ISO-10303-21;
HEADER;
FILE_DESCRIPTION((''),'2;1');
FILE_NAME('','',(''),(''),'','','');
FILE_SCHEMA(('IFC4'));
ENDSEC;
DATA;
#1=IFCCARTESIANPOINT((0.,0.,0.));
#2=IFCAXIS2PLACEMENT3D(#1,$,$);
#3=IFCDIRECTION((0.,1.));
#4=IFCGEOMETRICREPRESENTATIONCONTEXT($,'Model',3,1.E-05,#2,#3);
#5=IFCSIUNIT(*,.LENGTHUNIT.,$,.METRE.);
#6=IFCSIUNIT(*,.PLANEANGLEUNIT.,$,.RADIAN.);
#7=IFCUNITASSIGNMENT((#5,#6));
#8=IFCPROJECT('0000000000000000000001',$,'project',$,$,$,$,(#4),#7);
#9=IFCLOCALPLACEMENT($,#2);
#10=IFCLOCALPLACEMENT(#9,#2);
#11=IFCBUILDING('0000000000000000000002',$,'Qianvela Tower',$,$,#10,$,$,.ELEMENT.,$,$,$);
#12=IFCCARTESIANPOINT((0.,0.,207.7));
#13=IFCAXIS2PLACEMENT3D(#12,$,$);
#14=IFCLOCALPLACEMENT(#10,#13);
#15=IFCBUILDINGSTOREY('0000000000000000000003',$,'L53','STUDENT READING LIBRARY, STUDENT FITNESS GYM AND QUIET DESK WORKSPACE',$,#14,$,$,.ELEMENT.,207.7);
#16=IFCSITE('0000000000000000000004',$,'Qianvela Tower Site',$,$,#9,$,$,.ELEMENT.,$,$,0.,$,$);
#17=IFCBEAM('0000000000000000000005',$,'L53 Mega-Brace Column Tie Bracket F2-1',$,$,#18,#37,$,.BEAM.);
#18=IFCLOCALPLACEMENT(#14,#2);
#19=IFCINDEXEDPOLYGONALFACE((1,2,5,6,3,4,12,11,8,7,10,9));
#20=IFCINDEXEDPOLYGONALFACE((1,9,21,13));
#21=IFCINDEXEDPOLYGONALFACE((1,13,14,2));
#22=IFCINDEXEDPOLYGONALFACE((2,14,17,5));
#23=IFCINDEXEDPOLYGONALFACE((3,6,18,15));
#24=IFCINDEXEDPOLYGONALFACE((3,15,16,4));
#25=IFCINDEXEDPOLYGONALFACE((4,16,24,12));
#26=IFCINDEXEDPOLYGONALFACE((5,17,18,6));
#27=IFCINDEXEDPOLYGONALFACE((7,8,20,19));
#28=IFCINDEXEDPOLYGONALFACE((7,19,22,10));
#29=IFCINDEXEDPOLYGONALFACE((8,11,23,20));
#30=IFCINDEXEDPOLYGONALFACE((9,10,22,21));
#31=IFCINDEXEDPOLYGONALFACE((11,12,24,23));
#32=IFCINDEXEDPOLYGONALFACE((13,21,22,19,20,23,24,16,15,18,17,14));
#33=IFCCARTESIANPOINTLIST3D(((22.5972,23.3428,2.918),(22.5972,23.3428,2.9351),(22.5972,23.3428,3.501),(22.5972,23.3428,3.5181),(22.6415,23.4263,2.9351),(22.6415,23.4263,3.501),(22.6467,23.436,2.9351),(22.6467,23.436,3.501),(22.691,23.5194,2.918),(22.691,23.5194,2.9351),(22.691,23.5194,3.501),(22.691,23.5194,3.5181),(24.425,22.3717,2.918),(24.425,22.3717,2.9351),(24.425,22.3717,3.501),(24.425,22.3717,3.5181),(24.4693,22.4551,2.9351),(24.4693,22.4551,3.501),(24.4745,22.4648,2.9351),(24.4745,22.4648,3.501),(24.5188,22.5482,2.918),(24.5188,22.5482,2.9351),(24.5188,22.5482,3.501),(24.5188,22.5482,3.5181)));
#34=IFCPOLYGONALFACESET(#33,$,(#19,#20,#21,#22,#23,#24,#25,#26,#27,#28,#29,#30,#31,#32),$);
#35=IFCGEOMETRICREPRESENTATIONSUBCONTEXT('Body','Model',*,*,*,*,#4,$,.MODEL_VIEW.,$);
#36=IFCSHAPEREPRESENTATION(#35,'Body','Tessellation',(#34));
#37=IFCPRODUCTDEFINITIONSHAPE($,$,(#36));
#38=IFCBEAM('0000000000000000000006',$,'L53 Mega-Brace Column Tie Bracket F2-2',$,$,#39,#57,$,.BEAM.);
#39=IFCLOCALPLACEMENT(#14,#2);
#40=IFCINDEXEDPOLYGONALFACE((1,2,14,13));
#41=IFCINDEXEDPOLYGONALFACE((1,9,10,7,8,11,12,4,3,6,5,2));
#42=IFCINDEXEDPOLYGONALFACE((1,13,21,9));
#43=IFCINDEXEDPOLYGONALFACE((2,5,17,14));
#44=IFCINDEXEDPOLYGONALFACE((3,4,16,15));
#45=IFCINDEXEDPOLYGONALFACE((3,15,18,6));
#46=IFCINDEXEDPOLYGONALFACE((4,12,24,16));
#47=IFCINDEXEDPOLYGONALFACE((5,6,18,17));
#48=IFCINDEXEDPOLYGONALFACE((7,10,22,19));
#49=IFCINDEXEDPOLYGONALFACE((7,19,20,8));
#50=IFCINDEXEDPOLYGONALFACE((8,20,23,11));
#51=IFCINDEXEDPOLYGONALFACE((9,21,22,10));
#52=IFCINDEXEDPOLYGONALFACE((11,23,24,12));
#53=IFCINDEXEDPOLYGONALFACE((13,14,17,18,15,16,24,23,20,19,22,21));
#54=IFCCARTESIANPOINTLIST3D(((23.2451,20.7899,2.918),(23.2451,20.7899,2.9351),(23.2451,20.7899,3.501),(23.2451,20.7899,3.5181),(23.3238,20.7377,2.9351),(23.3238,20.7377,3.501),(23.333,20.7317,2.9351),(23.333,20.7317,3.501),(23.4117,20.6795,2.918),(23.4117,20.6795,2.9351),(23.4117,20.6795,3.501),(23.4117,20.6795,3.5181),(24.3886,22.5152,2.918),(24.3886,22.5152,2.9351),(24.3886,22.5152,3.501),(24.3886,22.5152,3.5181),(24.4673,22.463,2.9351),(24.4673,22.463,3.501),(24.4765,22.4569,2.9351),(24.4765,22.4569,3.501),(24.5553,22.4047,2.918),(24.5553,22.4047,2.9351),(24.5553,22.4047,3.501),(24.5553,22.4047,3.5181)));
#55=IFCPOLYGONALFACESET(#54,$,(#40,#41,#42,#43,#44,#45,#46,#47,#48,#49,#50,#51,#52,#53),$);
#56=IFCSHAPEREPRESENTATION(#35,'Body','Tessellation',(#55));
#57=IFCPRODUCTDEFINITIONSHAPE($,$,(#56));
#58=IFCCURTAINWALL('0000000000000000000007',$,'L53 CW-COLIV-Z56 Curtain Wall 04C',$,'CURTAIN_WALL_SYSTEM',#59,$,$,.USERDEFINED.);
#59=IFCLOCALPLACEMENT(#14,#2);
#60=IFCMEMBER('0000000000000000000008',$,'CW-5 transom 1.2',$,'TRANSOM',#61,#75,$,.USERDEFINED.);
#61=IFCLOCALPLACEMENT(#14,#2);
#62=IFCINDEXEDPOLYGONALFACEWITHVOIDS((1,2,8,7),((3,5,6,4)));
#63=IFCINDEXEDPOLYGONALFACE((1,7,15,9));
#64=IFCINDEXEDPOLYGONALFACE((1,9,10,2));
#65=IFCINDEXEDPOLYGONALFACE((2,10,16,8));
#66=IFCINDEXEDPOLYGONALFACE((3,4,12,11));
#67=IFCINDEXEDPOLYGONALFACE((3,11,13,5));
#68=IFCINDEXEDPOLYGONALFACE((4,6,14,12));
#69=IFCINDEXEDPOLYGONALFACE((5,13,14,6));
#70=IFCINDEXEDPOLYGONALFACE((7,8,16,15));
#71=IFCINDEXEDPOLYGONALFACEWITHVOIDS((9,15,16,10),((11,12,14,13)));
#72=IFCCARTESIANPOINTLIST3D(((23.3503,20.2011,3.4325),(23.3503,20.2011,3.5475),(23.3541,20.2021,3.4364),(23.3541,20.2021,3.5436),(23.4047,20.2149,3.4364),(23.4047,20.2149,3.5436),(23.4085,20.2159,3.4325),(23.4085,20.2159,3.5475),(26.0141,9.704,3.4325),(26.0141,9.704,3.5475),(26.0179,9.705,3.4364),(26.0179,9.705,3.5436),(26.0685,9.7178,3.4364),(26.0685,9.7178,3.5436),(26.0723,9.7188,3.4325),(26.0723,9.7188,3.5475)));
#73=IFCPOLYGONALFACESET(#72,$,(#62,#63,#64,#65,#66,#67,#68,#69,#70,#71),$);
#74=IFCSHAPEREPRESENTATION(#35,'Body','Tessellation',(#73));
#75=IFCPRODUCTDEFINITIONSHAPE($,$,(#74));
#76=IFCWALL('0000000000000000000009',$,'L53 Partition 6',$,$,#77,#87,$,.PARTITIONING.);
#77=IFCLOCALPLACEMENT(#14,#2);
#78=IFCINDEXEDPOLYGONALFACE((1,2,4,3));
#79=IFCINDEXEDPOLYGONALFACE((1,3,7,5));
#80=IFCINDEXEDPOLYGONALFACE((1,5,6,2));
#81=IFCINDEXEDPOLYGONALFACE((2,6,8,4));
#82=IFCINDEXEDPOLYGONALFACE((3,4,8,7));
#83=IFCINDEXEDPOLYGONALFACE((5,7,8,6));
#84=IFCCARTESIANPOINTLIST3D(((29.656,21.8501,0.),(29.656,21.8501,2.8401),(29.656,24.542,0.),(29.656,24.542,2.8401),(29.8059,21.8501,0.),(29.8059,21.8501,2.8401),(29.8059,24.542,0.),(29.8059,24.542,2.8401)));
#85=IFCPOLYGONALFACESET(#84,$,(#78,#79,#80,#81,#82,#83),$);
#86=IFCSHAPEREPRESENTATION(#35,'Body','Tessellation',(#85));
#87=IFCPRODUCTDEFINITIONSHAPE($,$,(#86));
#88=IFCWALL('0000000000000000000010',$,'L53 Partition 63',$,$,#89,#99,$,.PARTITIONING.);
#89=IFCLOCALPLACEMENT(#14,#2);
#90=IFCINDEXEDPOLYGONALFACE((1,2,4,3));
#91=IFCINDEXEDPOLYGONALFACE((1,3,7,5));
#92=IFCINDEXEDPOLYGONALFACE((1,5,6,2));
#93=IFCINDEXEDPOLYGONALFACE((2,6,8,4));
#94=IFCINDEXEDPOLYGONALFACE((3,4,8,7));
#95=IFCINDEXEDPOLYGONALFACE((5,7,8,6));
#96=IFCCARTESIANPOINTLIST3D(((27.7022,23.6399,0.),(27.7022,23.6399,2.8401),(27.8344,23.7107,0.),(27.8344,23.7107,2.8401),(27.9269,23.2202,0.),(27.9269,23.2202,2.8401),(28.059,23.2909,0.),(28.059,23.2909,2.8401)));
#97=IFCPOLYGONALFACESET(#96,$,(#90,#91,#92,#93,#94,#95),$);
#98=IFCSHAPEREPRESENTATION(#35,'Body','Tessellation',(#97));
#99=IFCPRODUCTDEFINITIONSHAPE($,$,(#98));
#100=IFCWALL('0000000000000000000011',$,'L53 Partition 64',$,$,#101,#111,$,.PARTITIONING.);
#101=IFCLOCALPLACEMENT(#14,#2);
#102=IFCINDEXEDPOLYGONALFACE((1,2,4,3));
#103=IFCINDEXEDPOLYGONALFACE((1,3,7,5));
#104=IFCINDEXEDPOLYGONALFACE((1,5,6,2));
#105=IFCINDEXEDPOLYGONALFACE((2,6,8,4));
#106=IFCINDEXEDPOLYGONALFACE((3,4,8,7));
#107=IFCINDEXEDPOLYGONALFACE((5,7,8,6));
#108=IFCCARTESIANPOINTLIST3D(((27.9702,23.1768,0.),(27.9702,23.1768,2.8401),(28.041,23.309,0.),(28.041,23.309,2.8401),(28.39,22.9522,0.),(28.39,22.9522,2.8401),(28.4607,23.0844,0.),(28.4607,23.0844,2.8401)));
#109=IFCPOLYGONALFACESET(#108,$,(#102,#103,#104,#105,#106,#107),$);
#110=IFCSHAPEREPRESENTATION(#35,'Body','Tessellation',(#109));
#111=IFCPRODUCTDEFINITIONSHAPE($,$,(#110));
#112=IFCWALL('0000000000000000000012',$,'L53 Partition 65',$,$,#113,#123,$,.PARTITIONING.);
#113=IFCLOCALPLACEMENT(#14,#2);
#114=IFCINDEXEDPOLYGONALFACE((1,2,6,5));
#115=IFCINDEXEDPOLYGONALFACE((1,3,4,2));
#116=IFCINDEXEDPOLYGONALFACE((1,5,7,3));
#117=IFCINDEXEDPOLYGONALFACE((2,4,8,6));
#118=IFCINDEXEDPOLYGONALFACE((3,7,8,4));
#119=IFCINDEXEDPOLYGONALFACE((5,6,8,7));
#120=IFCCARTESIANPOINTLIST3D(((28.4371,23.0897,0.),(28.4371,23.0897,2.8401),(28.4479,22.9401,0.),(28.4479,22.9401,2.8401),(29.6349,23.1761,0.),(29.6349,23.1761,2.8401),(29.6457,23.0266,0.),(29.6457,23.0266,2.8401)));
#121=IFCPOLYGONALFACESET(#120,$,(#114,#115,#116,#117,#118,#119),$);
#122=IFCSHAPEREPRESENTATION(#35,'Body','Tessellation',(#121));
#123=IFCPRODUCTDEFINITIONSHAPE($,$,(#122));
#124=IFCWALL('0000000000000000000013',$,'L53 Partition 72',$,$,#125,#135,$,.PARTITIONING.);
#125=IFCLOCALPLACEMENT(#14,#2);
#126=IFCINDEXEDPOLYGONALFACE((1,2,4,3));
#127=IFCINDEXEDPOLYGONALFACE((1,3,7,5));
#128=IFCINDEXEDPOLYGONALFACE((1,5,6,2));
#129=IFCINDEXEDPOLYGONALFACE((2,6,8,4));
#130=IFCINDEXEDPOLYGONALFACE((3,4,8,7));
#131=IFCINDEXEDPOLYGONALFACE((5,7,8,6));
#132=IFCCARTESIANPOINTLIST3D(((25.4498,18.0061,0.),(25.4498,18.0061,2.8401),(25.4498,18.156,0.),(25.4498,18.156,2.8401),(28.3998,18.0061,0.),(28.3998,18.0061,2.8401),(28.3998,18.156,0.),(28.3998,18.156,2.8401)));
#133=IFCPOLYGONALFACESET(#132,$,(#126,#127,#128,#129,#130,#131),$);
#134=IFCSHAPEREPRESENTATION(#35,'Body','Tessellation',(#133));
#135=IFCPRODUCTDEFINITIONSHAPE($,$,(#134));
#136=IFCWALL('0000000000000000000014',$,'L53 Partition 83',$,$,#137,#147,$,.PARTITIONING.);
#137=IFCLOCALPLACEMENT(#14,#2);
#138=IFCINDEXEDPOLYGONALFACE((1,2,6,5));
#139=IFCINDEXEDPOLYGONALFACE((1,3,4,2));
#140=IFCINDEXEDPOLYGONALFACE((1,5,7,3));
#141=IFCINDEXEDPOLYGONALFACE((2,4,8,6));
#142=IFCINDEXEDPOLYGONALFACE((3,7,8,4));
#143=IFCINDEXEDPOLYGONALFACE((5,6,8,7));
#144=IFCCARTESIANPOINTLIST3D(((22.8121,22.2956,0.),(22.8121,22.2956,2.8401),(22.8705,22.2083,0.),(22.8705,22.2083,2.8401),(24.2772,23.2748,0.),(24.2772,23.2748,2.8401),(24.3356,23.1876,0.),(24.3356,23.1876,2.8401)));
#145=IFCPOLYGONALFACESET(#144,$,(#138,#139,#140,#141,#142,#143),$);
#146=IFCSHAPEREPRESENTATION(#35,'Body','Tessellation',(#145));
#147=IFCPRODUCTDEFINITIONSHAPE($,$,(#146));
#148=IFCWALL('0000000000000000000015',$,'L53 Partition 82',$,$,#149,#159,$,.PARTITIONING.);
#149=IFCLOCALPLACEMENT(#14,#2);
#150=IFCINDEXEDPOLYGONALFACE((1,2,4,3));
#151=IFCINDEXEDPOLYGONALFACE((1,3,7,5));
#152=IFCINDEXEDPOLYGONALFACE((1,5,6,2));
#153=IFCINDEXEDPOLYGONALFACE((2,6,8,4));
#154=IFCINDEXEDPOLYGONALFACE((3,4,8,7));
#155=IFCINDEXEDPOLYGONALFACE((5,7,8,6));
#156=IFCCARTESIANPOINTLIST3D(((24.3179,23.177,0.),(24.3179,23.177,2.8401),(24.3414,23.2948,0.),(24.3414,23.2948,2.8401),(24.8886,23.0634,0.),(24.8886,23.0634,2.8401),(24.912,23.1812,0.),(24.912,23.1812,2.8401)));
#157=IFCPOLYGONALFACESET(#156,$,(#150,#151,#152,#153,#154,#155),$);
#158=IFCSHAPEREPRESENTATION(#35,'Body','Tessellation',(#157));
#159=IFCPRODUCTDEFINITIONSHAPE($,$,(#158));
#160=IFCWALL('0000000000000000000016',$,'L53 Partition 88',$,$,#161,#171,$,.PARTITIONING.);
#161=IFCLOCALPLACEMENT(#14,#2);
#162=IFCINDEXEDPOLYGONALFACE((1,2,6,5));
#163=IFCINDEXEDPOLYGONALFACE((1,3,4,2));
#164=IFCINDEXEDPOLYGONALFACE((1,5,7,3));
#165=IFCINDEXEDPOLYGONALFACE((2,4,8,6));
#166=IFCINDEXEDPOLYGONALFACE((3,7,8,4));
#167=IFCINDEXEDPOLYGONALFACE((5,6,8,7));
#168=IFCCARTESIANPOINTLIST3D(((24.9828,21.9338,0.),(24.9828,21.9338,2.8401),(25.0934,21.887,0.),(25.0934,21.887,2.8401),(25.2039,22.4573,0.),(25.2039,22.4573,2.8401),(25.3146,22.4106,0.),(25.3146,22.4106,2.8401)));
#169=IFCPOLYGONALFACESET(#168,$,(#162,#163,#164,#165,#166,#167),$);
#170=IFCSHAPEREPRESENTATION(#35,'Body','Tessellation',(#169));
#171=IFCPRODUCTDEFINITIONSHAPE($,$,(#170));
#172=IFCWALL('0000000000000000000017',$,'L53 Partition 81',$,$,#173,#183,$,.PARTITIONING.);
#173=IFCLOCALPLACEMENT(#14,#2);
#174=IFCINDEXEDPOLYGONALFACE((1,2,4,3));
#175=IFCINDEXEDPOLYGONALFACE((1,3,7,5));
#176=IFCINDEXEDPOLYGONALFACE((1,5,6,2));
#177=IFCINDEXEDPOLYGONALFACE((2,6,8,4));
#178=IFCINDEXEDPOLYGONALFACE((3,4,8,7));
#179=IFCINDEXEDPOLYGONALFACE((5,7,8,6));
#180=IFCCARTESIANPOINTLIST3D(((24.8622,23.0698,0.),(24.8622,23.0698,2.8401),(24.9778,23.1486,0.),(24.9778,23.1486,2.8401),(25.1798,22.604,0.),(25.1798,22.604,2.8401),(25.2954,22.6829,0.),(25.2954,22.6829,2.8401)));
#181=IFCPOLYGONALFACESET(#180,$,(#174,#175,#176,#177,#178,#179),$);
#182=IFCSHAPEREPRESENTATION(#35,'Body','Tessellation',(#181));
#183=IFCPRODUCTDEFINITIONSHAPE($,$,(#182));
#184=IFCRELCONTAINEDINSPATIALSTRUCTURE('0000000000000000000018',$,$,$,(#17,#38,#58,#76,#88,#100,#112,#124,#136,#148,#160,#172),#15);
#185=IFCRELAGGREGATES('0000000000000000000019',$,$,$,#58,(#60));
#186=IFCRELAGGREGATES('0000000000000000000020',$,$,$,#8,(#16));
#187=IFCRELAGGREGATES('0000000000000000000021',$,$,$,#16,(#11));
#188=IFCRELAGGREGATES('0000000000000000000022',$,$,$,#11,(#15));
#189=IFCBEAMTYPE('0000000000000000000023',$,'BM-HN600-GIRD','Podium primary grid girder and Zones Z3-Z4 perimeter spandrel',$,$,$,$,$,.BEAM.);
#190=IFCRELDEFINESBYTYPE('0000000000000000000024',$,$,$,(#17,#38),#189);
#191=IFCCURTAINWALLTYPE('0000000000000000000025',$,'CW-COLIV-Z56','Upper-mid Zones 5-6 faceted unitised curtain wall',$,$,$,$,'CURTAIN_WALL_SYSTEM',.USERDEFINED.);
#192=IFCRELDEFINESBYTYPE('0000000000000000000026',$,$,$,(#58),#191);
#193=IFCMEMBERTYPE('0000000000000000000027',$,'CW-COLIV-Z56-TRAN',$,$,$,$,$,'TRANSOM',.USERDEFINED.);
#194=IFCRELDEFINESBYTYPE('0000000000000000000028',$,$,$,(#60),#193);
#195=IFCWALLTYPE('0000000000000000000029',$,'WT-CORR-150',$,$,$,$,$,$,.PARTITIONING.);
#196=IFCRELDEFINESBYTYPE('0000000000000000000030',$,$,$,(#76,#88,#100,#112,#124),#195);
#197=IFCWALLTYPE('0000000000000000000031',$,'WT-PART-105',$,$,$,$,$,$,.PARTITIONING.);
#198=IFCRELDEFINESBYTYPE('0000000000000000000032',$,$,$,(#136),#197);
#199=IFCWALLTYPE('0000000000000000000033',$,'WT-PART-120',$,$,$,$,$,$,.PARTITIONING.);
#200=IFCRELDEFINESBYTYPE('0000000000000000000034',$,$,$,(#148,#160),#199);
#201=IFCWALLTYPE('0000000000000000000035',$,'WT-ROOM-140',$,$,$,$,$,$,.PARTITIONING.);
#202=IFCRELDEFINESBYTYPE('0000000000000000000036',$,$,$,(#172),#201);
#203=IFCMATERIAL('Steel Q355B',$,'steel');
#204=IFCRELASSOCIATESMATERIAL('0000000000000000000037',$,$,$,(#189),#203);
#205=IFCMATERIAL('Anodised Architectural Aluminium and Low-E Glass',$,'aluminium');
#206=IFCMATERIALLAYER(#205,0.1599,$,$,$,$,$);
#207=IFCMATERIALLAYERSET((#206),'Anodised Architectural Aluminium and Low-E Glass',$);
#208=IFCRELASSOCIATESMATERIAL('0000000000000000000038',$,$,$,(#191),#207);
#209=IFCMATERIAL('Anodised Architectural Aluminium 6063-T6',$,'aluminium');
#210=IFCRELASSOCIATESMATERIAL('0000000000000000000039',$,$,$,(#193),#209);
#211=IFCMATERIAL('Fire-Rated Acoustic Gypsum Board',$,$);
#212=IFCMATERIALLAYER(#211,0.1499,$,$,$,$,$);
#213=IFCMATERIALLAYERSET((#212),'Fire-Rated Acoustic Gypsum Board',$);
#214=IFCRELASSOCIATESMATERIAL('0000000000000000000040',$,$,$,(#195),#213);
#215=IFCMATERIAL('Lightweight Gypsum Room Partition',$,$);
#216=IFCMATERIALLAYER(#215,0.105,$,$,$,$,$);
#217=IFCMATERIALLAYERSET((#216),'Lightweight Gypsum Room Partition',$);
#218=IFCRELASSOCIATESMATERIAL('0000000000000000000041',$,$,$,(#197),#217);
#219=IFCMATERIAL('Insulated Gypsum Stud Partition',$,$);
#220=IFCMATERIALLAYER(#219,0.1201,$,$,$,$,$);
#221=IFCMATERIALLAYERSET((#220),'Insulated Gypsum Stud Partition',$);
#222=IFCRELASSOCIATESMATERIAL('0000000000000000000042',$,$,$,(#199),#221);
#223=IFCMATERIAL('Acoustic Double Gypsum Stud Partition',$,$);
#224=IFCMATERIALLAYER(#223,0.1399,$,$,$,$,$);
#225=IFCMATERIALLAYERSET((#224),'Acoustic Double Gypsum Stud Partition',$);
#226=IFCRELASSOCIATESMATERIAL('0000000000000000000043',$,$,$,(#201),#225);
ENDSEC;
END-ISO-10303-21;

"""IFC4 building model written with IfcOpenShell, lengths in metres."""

from ifc_helpers import new_model, si_unit, direction, frame, frame_2d, origin, origin_2d, place, context, subcontext, project, spatial, rectangle, hollow_rectangle, i_section, extrude, material, layer, layer_set, material_profile, profile_set, type_object, element, aggregate, save


model = new_model("IFC4")

# Units and contexts
model_context = context("Model", 3, precision=1e-05, world=origin(), true_north=direction((0.0, 1.0)))
body_context = subcontext(model_context, "Body", "Model", "MODEL_VIEW")
ifc_project = project(units=[si_unit("LENGTHUNIT", "METRE"), si_unit("PLANEANGLEUNIT", "RADIAN")], contexts=[model_context])

# Site, building, storey
site_placement = place(None, origin())
site = spatial("IfcSite", under=ifc_project, at=site_placement, Name="Qianvela Tower Site", CompositionType="ELEMENT", RefElevation=0.0)
building_placement = place(site_placement, origin())
building = spatial("IfcBuilding", under=site, at=building_placement, Name="Qianvela Tower", CompositionType="ELEMENT")
storey_placement = place(building_placement, frame((0.0, 0.0, 207.7)))
storey = spatial("IfcBuildingStorey", under=building, at=storey_placement, Name="L53", Description="STUDENT READING LIBRARY, STUDENT FITNESS GYM AND QUIET DESK WORKSPACE", CompositionType="ELEMENT", Elevation=207.7)

# Beams
ifc_material_1 = material(Name="Steel Q355B", Category="steel")
ifc_material_profile_1 = material_profile(ifc_material_1, i_section(OverallWidth=0.2, OverallDepth=0.6001, WebThickness=0.011, FlangeThickness=0.0171, at=origin_2d()), Name="HN600x200x11x17")
ifc_profile_set_1 = profile_set([ifc_material_profile_1], Name="Steel Q355B")
beam_type_1 = type_object("IfcBeamType", Name="BM-HN600-GIRD", Description="Podium primary grid girder and Zones Z3-Z4 perimeter spandrel", PredefinedType="BEAM", material=ifc_profile_set_1)
for number, where, z_axis, x_axis, name in (
    (1, (24.4719, 22.46, 3.218), (-0.88309, 0.469204, 0.0), (-0.469204, -0.88309, 0.0), "L53 Mega-Brace Column Tie Bracket F2-1"),
    (2, (24.4719, 22.46, 3.218), (-0.552466, -0.833535, 0.0), (0.833535, -0.552466, 0.0), "L53 Mega-Brace Column Tie Bracket F2-2"),
):
    element("IfcBeam", number, at=place(storey_placement, frame(where, z_axis=z_axis, x_axis=x_axis)), inside=storey, type_object=beam_type_1, Name=name, PredefinedType="BEAM", context=body_context, shape_type="SweptSolid", body=[
        extrude(i_section(OverallWidth=0.2, OverallDepth=0.6001, WebThickness=0.011, FlangeThickness=0.0171, at=origin_2d()), origin(), (0.0, 0.0, 1.0), 2.0698),
    ])

# Curtain wall, member
ifc_material_2 = material(Name="Anodised Architectural Aluminium and Low-E Glass", Category="aluminium")
ifc_layer_1 = layer(ifc_material_2, 0.1599)
ifc_layer_set_1 = layer_set([ifc_layer_1], Name="Anodised Architectural Aluminium and Low-E Glass")
curtain_wall_type = type_object("IfcCurtainWallType", Name="CW-COLIV-Z56", Description="Upper-mid Zones 5-6 faceted unitised curtain wall", ElementType="CURTAIN_WALL_SYSTEM", PredefinedType="USERDEFINED", material=ifc_layer_set_1)
curtain_wall_placement = place(storey_placement, origin())
curtain_wall = element("IfcCurtainWall", 3, at=curtain_wall_placement, inside=storey, type_object=curtain_wall_type, Name="L53 CW-COLIV-Z56 Curtain Wall 04C", ObjectType="CURTAIN_WALL_SYSTEM", PredefinedType="USERDEFINED")
ifc_material_3 = material(Name="Anodised Architectural Aluminium 6063-T6", Category="aluminium")
ifc_material_profile_2 = material_profile(ifc_material_3, hollow_rectangle(XDim=0.0601, YDim=0.115, WallThickness=0.0039, at=origin_2d()), Name="ALU-TRAN-60x115")
ifc_profile_set_2 = profile_set([ifc_material_profile_2], Name="Anodised Architectural Aluminium 6063-T6")
member_type = type_object("IfcMemberType", Name="CW-COLIV-Z56-TRAN", ElementType="TRANSOM", PredefinedType="USERDEFINED", material=ifc_profile_set_2)
member_placement = place(storey_placement, frame((23.3794, 20.2085, 3.49), z_axis=(0.245971, -0.969277, 0.0), x_axis=(0.969277, 0.245971, 0.0)))
member = element("IfcMember", 4, at=member_placement, type_object=member_type, Name="CW-5 transom 1.2", ObjectType="TRANSOM", PredefinedType="USERDEFINED", context=body_context, shape_type="SweptSolid", body=[
    extrude(hollow_rectangle(XDim=0.0601, YDim=0.115, WallThickness=0.0039, at=origin_2d()), origin(), (0.0, 0.0, 1.0), 10.8298),
])
aggregate(curtain_wall, [member])

# Walls
ifc_material_4 = material(Name="Fire-Rated Acoustic Gypsum Board")
ifc_layer_2 = layer(ifc_material_4, 0.1499)
ifc_layer_set_2 = layer_set([ifc_layer_2], Name="Fire-Rated Acoustic Gypsum Board")
wall_type_1 = type_object("IfcWallType", Name="WT-CORR-150", PredefinedType="PARTITIONING", material=ifc_layer_set_2)
wall_1_placement = place(storey_placement, frame((29.731, 21.8501, 0.0), z_axis=(0.0, 0.0, 1.0), x_axis=(0.0, 1.0, 0.0)))
element("IfcWall", 5, at=wall_1_placement, inside=storey, type_object=wall_type_1, Name="L53 Partition 6", PredefinedType="PARTITIONING", context=body_context, shape_type="SweptSolid", body=[
    extrude(rectangle(XDim=2.6919, YDim=0.1499, at=frame_2d((1.3459, 0.0))), origin(), (0.0, 0.0, 1.0), 2.8401),
])
for number, where, z_axis, x_axis, name in (
    (6, (27.7683, 23.6753, 0.0), (0.0, 0.0, 1.0), (0.471866, -0.881671, 0.0), "L53 Partition 63"),
    (7, (28.0056, 23.2429, 0.0), (0.0, 0.0, 1.0), (0.881671, -0.471866, 0.0), "L53 Partition 64"),
):
    element("IfcWall", number, at=place(storey_placement, frame(where, z_axis=z_axis, x_axis=x_axis)), inside=storey, type_object=wall_type_1, Name=name, PredefinedType="PARTITIONING", context=body_context, shape_type="SweptSolid", body=[
        extrude(rectangle(XDim=0.4761, YDim=0.1499, at=frame_2d((0.238, 0.0))), origin(), (0.0, 0.0, 1.0), 2.8401),
    ])
wall_2_placement = place(storey_placement, frame((28.4424, 23.0149, 0.0), z_axis=(0.0, 0.0, 1.0), x_axis=(0.997407, 0.071969, 0.0)))
element("IfcWall", 8, at=wall_2_placement, inside=storey, type_object=wall_type_1, Name="L53 Partition 65", PredefinedType="PARTITIONING", context=body_context, shape_type="SweptSolid", body=[
    extrude(rectangle(XDim=1.2009, YDim=0.1499, at=frame_2d((0.6006, 0.0))), origin(), (0.0, 0.0, 1.0), 2.8401),
])
wall_3_placement = place(storey_placement, frame((28.3999, 18.0811, 0.0), z_axis=(0.0, 0.0, 1.0), x_axis=(-1.0, 0.0, 0.0)))
element("IfcWall", 9, at=wall_3_placement, inside=storey, type_object=wall_type_1, Name="L53 Partition 72", PredefinedType="PARTITIONING", context=body_context, shape_type="SweptSolid", body=[
    extrude(rectangle(XDim=2.95, YDim=0.1499, at=frame_2d((1.4751, 0.0))), origin(), (0.0, 0.0, 1.0), 2.8401),
])
ifc_material_5 = material(Name="Lightweight Gypsum Room Partition")
ifc_layer_3 = layer(ifc_material_5, 0.105)
ifc_layer_set_3 = layer_set([ifc_layer_3], Name="Lightweight Gypsum Room Partition")
wall_type_2 = type_object("IfcWallType", Name="WT-PART-105", PredefinedType="PARTITIONING", material=ifc_layer_set_3)
wall_4_placement = place(storey_placement, frame((24.3064, 23.2312, 0.0), z_axis=(0.0, 0.0, 1.0), x_axis=(-0.831389, -0.555691, 0.0)))
element("IfcWall", 10, at=wall_4_placement, inside=storey, type_object=wall_type_2, Name="L53 Partition 83", PredefinedType="PARTITIONING", context=body_context, shape_type="SweptSolid", body=[
    extrude(rectangle(XDim=1.7622, YDim=0.105, at=frame_2d((0.8811, 0.0))), origin(), (0.0, 0.0, 1.0), 2.8401),
])
ifc_material_6 = material(Name="Insulated Gypsum Stud Partition")
ifc_layer_4 = layer(ifc_material_6, 0.1201)
ifc_layer_set_4 = layer_set([ifc_layer_4], Name="Insulated Gypsum Stud Partition")
wall_type_3 = type_object("IfcWallType", Name="WT-PART-120", PredefinedType="PARTITIONING", material=ifc_layer_set_4)
wall_5_placement = place(storey_placement, frame((24.9004, 23.1223, 0.0), z_axis=(0.0, 0.0, 1.0), x_axis=(-0.980774, 0.195148, 0.0)))
element("IfcWall", 11, at=wall_5_placement, inside=storey, type_object=wall_type_3, Name="L53 Partition 82", PredefinedType="PARTITIONING", context=body_context, shape_type="SweptSolid", body=[
    extrude(rectangle(XDim=0.5818, YDim=0.1201, at=frame_2d((0.291, 0.0))), origin(), (0.0, 0.0, 1.0), 2.8401),
])
wall_6_placement = place(storey_placement, frame((25.0381, 21.9104, 0.0), z_axis=(0.0, 0.0, 1.0), x_axis=(0.389094, 0.921198, 0.0)))
element("IfcWall", 12, at=wall_6_placement, inside=storey, type_object=wall_type_3, Name="L53 Partition 88", PredefinedType="PARTITIONING", context=body_context, shape_type="SweptSolid", body=[
    extrude(rectangle(XDim=0.5684, YDim=0.1201, at=frame_2d((0.2842, 0.0))), origin(), (0.0, 0.0, 1.0), 2.8401),
])
ifc_material_7 = material(Name="Acoustic Double Gypsum Stud Partition")
ifc_layer_5 = layer(ifc_material_7, 0.1399)
ifc_layer_set_5 = layer_set([ifc_layer_5], Name="Acoustic Double Gypsum Stud Partition")
wall_type_4 = type_object("IfcWallType", Name="WT-ROOM-140", PredefinedType="PARTITIONING", material=ifc_layer_set_5)
wall_7_placement = place(storey_placement, frame((25.2375, 22.6436, 0.0), z_axis=(0.0, 0.0, 1.0), x_axis=(-0.563364, 0.826209, 0.0)))
element("IfcWall", 13, at=wall_7_placement, inside=storey, type_object=wall_type_4, Name="L53 Partition 81", PredefinedType="PARTITIONING", context=body_context, shape_type="SweptSolid", body=[
    extrude(rectangle(XDim=0.5637, YDim=0.1399, at=frame_2d((0.2817, 0.0))), origin(), (0.0, 0.0, 1.0), 2.8401),
])

save(model, "model.ifc")
